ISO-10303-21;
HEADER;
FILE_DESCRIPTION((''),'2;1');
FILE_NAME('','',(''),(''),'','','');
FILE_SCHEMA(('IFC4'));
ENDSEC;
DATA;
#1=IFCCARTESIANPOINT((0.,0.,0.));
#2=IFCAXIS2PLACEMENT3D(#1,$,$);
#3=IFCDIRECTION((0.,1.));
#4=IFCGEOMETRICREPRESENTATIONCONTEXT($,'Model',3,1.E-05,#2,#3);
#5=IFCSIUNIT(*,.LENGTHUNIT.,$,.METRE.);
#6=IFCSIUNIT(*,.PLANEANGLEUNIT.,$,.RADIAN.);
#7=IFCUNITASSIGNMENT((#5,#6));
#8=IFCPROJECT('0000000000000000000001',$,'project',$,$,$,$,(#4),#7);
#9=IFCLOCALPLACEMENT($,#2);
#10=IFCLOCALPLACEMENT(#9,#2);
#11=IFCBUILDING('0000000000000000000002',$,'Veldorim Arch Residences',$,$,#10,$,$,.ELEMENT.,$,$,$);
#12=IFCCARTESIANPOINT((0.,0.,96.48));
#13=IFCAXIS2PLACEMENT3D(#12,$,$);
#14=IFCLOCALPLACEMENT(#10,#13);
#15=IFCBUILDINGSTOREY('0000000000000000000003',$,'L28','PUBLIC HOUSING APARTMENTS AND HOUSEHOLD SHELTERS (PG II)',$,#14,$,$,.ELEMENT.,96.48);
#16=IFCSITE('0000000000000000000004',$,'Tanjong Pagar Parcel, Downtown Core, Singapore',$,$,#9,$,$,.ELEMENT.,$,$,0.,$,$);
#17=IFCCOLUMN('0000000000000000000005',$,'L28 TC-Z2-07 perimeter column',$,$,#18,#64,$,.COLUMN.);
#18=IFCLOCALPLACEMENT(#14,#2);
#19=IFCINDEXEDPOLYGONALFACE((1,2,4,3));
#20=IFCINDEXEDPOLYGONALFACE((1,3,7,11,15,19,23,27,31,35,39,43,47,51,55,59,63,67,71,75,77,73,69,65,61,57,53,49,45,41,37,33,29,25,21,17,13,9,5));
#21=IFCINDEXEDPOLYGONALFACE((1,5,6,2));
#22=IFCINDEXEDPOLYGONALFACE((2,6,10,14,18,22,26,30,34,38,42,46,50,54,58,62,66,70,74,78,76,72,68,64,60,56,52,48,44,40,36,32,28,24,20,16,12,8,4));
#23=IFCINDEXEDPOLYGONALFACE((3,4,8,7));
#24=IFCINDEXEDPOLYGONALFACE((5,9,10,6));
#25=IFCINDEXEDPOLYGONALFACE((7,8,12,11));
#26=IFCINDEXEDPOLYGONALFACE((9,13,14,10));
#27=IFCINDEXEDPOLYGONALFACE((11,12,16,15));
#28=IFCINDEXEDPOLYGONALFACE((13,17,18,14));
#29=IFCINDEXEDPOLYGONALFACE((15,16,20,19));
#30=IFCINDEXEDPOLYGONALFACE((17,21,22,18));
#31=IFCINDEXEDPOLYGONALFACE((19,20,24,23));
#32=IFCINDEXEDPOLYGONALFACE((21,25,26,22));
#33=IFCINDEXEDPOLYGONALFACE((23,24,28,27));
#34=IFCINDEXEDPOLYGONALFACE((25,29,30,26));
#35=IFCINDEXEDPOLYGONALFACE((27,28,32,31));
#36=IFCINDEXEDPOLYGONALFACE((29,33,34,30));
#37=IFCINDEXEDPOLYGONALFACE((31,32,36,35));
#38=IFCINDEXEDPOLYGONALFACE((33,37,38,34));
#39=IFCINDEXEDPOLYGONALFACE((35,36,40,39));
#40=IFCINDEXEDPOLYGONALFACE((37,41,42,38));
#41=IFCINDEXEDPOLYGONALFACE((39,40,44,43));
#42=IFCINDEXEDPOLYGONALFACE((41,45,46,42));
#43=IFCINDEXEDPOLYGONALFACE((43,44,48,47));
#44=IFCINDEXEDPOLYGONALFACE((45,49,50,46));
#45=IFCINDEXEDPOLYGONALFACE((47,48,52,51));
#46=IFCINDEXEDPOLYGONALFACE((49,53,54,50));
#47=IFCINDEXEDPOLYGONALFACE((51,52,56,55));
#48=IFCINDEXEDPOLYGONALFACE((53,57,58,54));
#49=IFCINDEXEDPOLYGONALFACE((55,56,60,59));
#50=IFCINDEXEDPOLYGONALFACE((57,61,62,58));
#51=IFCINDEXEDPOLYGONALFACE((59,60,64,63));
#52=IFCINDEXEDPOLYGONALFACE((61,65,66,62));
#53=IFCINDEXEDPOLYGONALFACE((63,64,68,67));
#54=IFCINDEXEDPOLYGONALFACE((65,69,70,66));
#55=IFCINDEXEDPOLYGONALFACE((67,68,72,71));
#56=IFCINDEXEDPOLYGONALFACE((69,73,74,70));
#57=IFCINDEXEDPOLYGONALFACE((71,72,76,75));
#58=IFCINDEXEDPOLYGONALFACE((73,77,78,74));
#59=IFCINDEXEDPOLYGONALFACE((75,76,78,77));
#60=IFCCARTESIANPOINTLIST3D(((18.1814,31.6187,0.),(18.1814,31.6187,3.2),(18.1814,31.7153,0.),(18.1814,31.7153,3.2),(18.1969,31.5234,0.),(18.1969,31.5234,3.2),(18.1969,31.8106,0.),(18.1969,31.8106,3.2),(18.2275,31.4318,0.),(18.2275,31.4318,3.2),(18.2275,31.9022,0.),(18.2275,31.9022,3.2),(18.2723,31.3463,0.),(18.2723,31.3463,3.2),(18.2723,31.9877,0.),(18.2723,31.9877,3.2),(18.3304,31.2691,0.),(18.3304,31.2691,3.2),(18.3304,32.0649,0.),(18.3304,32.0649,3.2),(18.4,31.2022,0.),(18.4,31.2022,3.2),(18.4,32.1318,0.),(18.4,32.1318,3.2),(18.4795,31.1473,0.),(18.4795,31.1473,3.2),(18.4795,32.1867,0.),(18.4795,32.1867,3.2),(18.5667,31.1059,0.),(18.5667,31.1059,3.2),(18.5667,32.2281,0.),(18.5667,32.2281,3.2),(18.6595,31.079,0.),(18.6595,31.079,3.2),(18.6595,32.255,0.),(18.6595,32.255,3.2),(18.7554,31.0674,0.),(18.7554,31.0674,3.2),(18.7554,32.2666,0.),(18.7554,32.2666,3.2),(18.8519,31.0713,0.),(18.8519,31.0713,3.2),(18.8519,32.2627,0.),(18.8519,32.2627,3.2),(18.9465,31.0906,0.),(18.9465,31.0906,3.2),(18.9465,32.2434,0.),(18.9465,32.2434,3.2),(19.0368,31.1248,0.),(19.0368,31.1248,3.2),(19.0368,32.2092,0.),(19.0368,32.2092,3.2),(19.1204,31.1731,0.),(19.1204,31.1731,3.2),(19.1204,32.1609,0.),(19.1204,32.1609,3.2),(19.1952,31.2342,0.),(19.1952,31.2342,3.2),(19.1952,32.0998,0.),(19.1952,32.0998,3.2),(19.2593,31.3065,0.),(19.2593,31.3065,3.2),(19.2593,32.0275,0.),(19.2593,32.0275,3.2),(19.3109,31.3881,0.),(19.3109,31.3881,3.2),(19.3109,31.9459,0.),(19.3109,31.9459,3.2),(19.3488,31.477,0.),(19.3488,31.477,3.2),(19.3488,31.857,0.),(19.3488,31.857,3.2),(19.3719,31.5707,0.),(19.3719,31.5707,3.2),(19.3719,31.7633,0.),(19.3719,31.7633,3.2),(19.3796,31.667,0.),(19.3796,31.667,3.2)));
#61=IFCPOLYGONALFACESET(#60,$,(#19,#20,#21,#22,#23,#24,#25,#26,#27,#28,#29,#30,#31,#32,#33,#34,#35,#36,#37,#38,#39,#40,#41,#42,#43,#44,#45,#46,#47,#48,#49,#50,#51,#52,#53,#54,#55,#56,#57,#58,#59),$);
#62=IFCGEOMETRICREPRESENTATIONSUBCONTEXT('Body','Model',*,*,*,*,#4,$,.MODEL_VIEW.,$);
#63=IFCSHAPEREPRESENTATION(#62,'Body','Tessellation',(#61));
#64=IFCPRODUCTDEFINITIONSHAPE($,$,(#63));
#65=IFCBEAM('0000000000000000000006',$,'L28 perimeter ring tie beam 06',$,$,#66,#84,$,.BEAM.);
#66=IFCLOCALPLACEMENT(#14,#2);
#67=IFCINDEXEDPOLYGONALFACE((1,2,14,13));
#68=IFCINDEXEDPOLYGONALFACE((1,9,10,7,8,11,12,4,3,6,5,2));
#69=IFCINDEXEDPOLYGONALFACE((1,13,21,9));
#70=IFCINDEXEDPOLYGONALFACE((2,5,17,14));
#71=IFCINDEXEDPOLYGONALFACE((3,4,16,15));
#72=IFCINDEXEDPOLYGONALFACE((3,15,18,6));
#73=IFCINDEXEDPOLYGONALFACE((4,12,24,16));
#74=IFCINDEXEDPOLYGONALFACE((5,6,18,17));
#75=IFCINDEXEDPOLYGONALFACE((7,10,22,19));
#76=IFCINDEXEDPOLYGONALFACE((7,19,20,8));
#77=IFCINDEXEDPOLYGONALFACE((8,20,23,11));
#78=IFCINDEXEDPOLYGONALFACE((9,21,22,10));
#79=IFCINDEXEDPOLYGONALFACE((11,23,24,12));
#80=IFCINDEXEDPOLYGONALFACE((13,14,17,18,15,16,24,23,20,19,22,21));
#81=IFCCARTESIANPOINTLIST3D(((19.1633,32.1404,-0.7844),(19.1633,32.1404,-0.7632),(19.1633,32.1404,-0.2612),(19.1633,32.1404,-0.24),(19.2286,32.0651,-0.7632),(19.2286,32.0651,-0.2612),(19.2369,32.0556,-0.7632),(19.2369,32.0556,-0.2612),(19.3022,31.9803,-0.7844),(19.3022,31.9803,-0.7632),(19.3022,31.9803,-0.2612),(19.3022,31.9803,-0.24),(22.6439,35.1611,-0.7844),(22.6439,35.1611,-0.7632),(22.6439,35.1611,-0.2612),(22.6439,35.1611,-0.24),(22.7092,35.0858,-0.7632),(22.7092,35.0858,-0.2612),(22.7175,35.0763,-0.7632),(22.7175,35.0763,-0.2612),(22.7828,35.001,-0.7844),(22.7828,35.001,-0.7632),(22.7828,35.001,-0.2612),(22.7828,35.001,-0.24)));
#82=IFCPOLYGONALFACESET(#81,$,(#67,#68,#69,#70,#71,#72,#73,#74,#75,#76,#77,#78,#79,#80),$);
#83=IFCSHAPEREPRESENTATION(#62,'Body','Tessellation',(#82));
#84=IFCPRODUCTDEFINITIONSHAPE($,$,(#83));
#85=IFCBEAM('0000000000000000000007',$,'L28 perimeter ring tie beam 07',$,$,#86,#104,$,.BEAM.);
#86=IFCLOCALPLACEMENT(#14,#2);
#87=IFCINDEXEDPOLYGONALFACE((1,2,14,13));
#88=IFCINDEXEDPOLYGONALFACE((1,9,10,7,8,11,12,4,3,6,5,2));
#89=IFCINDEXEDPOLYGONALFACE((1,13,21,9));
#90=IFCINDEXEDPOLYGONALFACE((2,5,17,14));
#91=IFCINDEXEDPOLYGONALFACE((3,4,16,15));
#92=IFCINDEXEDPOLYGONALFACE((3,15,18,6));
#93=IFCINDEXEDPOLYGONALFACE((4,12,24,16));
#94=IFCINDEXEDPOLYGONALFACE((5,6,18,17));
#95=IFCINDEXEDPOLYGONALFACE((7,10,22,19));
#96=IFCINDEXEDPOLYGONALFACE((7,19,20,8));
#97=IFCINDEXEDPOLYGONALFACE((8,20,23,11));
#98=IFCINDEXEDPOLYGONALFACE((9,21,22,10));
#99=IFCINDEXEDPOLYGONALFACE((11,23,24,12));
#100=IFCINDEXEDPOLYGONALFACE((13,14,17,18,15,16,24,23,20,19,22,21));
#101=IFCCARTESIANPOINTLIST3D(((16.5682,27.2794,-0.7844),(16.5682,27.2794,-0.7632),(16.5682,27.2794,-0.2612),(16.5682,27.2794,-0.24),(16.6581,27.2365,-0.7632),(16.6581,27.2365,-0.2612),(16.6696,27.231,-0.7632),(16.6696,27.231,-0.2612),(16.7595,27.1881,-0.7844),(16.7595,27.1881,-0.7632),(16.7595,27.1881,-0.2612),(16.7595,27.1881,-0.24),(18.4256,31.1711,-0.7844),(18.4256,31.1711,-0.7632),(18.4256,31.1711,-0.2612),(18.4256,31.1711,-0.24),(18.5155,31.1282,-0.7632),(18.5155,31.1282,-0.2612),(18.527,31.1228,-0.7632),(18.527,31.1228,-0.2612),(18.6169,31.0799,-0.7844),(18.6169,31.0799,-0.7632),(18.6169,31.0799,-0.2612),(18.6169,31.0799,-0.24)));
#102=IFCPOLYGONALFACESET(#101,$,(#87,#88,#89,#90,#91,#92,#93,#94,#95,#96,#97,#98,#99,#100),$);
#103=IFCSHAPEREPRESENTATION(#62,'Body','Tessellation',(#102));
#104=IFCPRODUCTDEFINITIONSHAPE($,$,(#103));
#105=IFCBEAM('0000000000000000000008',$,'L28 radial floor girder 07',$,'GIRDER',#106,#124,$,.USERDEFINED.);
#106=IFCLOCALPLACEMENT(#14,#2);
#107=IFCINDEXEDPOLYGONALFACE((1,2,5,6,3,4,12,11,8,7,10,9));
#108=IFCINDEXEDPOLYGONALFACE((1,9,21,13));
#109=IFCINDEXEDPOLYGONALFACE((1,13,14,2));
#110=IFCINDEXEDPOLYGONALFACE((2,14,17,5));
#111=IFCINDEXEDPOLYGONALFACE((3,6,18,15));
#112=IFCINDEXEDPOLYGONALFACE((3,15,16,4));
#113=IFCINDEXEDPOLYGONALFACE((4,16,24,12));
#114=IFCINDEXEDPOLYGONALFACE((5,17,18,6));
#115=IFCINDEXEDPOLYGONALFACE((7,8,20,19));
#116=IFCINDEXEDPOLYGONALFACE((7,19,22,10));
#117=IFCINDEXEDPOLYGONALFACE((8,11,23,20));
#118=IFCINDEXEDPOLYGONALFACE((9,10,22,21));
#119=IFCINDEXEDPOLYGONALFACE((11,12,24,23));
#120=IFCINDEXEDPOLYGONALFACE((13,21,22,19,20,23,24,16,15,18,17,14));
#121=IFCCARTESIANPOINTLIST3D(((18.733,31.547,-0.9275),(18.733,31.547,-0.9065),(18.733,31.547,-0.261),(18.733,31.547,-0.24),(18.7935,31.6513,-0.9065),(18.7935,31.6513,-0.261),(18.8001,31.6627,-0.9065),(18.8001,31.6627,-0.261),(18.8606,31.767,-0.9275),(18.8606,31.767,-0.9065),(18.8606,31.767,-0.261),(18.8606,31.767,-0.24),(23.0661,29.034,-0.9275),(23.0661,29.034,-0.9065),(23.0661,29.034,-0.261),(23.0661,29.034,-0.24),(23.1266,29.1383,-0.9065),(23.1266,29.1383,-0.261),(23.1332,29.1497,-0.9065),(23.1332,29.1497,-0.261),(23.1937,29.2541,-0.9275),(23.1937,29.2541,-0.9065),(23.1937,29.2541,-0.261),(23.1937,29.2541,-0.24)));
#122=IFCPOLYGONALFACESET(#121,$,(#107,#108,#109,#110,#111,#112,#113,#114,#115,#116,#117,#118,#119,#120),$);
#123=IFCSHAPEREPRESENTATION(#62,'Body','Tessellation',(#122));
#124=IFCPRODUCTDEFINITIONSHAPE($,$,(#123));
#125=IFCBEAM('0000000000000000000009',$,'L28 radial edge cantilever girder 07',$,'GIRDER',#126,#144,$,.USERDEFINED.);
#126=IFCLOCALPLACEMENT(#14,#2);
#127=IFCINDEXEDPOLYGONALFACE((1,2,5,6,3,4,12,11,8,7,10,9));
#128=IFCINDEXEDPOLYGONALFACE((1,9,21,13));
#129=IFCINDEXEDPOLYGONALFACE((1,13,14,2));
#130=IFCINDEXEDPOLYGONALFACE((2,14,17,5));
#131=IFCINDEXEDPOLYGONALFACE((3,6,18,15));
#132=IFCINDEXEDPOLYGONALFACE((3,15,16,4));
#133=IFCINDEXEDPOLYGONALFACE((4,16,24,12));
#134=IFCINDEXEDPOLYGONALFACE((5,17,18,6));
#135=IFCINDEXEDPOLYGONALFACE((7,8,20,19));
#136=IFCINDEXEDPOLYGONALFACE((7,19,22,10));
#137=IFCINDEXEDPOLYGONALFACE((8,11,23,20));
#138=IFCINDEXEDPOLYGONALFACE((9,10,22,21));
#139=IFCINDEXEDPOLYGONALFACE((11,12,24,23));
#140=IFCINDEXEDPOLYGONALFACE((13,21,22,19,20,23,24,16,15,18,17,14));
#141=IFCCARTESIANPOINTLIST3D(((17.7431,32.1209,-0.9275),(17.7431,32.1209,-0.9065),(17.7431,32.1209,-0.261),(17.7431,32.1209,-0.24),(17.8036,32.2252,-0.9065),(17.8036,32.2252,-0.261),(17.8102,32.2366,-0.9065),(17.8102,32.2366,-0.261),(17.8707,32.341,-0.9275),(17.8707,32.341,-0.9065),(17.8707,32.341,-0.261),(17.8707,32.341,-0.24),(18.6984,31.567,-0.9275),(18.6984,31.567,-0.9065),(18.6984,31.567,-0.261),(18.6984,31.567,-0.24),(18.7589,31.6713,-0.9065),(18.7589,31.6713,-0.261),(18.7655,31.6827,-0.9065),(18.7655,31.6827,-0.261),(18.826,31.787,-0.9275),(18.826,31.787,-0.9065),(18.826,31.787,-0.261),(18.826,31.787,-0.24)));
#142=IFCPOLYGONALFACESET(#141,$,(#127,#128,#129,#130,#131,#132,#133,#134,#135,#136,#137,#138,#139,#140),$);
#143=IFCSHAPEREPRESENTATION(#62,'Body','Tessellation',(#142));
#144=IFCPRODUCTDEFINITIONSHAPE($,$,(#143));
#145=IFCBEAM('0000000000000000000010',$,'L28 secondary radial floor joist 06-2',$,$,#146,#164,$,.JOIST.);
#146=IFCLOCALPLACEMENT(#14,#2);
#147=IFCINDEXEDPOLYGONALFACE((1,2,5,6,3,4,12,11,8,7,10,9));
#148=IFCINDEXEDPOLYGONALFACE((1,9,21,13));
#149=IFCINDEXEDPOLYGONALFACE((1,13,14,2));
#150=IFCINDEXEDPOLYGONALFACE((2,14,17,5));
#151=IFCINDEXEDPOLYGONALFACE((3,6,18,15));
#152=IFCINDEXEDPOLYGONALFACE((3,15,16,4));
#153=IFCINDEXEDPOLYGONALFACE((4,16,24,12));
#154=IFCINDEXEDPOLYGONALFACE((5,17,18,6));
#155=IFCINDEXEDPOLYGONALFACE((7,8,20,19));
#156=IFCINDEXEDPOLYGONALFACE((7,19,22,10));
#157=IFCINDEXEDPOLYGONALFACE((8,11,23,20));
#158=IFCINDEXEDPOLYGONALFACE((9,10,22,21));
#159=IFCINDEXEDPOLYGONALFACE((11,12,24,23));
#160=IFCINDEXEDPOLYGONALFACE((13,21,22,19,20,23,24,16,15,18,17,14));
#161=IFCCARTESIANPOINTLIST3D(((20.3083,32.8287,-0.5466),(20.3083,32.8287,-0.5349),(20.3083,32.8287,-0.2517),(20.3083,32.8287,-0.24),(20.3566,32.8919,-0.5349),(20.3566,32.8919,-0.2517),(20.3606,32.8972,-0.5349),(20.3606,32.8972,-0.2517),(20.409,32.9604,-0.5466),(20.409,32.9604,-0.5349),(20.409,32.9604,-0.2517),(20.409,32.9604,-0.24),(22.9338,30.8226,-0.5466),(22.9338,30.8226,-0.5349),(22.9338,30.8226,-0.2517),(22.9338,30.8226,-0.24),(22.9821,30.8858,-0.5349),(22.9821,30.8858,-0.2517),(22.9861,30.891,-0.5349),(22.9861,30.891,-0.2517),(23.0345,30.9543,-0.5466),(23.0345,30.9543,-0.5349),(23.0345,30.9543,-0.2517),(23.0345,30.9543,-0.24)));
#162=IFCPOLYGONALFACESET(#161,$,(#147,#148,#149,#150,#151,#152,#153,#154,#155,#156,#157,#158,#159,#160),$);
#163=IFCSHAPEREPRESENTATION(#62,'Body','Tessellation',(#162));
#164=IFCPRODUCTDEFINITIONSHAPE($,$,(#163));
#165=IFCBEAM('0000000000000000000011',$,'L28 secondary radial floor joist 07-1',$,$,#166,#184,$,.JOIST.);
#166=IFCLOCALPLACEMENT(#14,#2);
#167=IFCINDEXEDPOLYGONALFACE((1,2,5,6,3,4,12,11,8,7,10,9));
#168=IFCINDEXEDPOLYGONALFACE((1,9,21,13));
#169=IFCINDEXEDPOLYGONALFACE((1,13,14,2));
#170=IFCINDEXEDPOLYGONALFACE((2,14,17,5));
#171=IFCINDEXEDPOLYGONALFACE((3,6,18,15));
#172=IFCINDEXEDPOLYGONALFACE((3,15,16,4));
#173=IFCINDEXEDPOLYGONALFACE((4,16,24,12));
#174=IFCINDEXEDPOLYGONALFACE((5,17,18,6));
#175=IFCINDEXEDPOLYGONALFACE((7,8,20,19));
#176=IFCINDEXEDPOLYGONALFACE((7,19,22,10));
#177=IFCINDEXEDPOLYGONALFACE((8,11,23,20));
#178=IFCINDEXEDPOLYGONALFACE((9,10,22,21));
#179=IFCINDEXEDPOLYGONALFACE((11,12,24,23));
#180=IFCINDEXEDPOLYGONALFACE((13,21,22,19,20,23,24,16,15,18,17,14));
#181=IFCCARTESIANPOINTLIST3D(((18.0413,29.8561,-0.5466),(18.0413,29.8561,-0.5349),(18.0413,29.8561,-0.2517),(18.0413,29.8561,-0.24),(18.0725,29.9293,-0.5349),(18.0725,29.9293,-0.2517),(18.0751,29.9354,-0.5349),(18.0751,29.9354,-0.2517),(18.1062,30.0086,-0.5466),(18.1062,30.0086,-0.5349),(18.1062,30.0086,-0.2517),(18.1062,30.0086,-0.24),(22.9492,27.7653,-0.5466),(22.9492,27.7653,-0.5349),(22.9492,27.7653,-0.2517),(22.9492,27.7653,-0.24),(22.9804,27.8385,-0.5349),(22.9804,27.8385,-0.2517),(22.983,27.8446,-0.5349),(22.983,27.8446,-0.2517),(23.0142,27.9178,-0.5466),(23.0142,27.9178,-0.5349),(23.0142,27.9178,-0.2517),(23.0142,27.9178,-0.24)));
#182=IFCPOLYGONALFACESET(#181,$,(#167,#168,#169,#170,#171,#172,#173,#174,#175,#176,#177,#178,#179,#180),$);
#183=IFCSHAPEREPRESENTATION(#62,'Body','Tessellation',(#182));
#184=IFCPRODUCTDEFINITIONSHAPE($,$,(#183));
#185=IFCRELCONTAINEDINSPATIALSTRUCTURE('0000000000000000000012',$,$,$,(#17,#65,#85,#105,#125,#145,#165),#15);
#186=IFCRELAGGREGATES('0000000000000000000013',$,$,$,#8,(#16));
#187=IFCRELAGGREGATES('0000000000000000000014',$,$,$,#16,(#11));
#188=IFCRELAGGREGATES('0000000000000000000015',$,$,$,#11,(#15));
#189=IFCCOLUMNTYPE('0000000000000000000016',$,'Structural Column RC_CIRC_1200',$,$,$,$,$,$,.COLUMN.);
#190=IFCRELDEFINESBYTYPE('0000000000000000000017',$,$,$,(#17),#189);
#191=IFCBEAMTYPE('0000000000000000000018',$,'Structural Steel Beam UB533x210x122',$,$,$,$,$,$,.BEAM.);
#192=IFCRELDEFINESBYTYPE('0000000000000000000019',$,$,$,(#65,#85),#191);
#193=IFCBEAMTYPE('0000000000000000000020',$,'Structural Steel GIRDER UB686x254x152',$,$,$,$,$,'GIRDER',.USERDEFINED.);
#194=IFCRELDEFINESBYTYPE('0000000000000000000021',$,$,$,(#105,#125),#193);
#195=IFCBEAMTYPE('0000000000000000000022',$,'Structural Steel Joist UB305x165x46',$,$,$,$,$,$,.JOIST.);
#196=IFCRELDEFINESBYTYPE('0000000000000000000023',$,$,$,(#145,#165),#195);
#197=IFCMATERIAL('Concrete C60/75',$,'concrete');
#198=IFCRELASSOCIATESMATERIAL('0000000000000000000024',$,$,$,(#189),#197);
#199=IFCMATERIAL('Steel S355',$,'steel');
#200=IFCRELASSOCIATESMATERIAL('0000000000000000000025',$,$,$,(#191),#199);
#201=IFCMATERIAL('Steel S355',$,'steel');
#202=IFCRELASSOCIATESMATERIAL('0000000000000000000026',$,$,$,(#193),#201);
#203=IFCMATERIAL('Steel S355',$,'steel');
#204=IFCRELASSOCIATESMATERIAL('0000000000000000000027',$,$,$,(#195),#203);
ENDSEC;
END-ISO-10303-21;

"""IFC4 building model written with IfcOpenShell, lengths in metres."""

from ifc_helpers import new_model, si_unit, direction, frame, origin, origin_2d, place, context, subcontext, project, spatial, circle, i_section, extrude, material, material_profile, profile_set, type_object, element, save


model = new_model("IFC4")

# Units and contexts
model_context = context("Model", 3, precision=1e-05, world=origin(), true_north=direction((0.0, 1.0)))
body_context = subcontext(model_context, "Body", "Model", "MODEL_VIEW")
ifc_project = project(units=[si_unit("LENGTHUNIT", "METRE"), si_unit("PLANEANGLEUNIT", "RADIAN")], contexts=[model_context])

# Site, building, storey
site_placement = place(None, origin())
site = spatial("IfcSite", under=ifc_project, at=site_placement, Name="Tanjong Pagar Parcel, Downtown Core, Singapore", CompositionType="ELEMENT", RefElevation=0.0)
building_placement = place(site_placement, origin())
building = spatial("IfcBuilding", under=site, at=building_placement, Name="Veldorim Arch Residences", CompositionType="ELEMENT")
storey_placement = place(building_placement, frame((0.0, 0.0, 96.48)))
storey = spatial("IfcBuildingStorey", under=building, at=storey_placement, Name="L28", Description="PUBLIC HOUSING APARTMENTS AND HOUSEHOLD SHELTERS (PG II)", CompositionType="ELEMENT", Elevation=96.48)

# Column
ifc_material_1 = material(Name="Concrete C60/75", Category="concrete")
ifc_material_profile_1 = material_profile(ifc_material_1, circle(Radius=0.6001, at=origin_2d()), Name="RC_CIRC_1200")
ifc_profile_set_1 = profile_set([ifc_material_profile_1], Name="Concrete C60/75")
column_type = type_object("IfcColumnType", Name="Structural Column RC_CIRC_1200", PredefinedType="COLUMN", material=ifc_profile_set_1)
column_placement = place(storey_placement, frame((18.7795, 31.667, 0.0), z_axis=(0.0, 0.0, 1.0), x_axis=(1.0, 0.0, 0.0)))
element("IfcColumn", 1, at=column_placement, inside=storey, type_object=column_type, Name="L28 TC-Z2-07 perimeter column", PredefinedType="COLUMN", context=body_context, shape_type="SweptSolid", body=[
    extrude(circle(Radius=0.6001, at=origin_2d()), origin(), (0.0, 0.0, 1.0), 3.2),
])

# Beams
ifc_material_2 = material(Name="Steel S355", Category="steel")
ifc_material_profile_2 = material_profile(ifc_material_2, i_section(OverallWidth=0.2119, OverallDepth=0.5444, WebThickness=0.0127, FlangeThickness=0.0212, at=origin_2d()), Name="UB533x210x122")
ifc_profile_set_2 = profile_set([ifc_material_profile_2], Name="Steel S355")
beam_type_1 = type_object("IfcBeamType", Name="Structural Steel Beam UB533x210x122", PredefinedType="BEAM", material=ifc_profile_set_2)
beam_1_placement = place(storey_placement, frame((22.7134, 35.0811, -0.5122), z_axis=(-0.755245, -0.655443, 0.0), x_axis=(0.655443, -0.755245, 0.0)))
element("IfcBeam", 2, at=beam_1_placement, inside=storey, type_object=beam_type_1, Name="L28 perimeter ring tie beam 06", PredefinedType="BEAM", context=body_context, shape_type="SweptSolid", body=[
    extrude(i_section(OverallWidth=0.2119, OverallDepth=0.5444, WebThickness=0.0127, FlangeThickness=0.0212, at=origin_2d()), origin(), (0.0, 0.0, 1.0), 4.6086),
])
beam_2_placement = place(storey_placement, frame((18.5212, 31.1255, -0.5122), z_axis=(-0.43072, -0.902486, 0.0), x_axis=(0.902486, -0.43072, 0.0)))
element("IfcBeam", 3, at=beam_2_placement, inside=storey, type_object=beam_type_1, Name="L28 perimeter ring tie beam 07", PredefinedType="BEAM", context=body_context, shape_type="SweptSolid", body=[
    extrude(i_section(OverallWidth=0.2119, OverallDepth=0.5444, WebThickness=0.0127, FlangeThickness=0.0212, at=origin_2d()), origin(), (0.0, 0.0, 1.0), 4.3123),
])
ifc_material_3 = material(Name="Steel S355", Category="steel")
ifc_material_profile_3 = material_profile(ifc_material_3, i_section(OverallWidth=0.2544, OverallDepth=0.6875, WebThickness=0.0132, FlangeThickness=0.021, at=origin_2d()), Name="UB686x254x152")
ifc_profile_set_3 = profile_set([ifc_material_profile_3], Name="Steel S355")
beam_type_2 = type_object("IfcBeamType", Name="Structural Steel GIRDER UB686x254x152", ElementType="GIRDER", PredefinedType="USERDEFINED", material=ifc_profile_set_3)
beam_3_placement = place(storey_placement, frame((23.1299, 29.144, -0.5837), z_axis=(-0.865049, 0.501687, 0.0), x_axis=(-0.501687, -0.865049, 0.0)))
element("IfcBeam", 4, at=beam_3_placement, inside=storey, type_object=beam_type_2, Name="L28 radial floor girder 07", ObjectType="GIRDER", PredefinedType="USERDEFINED", context=body_context, shape_type="SweptSolid", body=[
    extrude(i_section(OverallWidth=0.2544, OverallDepth=0.6875, WebThickness=0.0132, FlangeThickness=0.021, at=origin_2d()), origin(), (0.0, 0.0, 1.0), 5.009),
])
beam_4_placement = place(storey_placement, frame((18.7622, 31.677, -0.5837), z_axis=(-0.865083, 0.501629, 0.0), x_axis=(-0.501629, -0.865083, 0.0)))
element("IfcBeam", 5, at=beam_4_placement, inside=storey, type_object=beam_type_2, Name="L28 radial edge cantilever girder 07", ObjectType="GIRDER", PredefinedType="USERDEFINED", context=body_context, shape_type="SweptSolid", body=[
    extrude(i_section(OverallWidth=0.2544, OverallDepth=0.6875, WebThickness=0.0132, FlangeThickness=0.021, at=origin_2d()), origin(), (0.0, 0.0, 1.0), 1.1042),
])
ifc_material_4 = material(Name="Steel S355", Category="steel")
ifc_material_profile_4 = material_profile(ifc_material_4, i_section(OverallWidth=0.1658, OverallDepth=0.3066, WebThickness=0.0066, FlangeThickness=0.0117, at=origin_2d()), Name="UB305x165x46")
ifc_profile_set_4 = profile_set([ifc_material_profile_4], Name="Steel S355")
beam_type_3 = type_object("IfcBeamType", Name="Structural Steel Joist UB305x165x46", PredefinedType="JOIST", material=ifc_profile_set_4)
beam_5_placement = place(storey_placement, frame((22.9841, 30.8884, -0.3933), z_axis=(-0.794595, 0.60714, 0.0), x_axis=(-0.60714, -0.794595, 0.0)))
element("IfcBeam", 6, at=beam_5_placement, inside=storey, type_object=beam_type_3, Name="L28 secondary radial floor joist 06-2", PredefinedType="JOIST", context=body_context, shape_type="SweptSolid", body=[
    extrude(i_section(OverallWidth=0.1658, OverallDepth=0.3066, WebThickness=0.0066, FlangeThickness=0.0117, at=origin_2d()), origin(), (0.0, 0.0, 1.0), 3.3042),
])
beam_6_placement = place(storey_placement, frame((22.9817, 27.8416, -0.3933), z_axis=(-0.919997, 0.391924, 0.0), x_axis=(-0.391924, -0.919997, 0.0)))
element("IfcBeam", 7, at=beam_6_placement, inside=storey, type_object=beam_type_3, Name="L28 secondary radial floor joist 07-1", PredefinedType="JOIST", context=body_context, shape_type="SweptSolid", body=[
    extrude(i_section(OverallWidth=0.1658, OverallDepth=0.3066, WebThickness=0.0066, FlangeThickness=0.0117, at=origin_2d()), origin(), (0.0, 0.0, 1.0), 5.3347),
])

save(model, "model.ifc")
